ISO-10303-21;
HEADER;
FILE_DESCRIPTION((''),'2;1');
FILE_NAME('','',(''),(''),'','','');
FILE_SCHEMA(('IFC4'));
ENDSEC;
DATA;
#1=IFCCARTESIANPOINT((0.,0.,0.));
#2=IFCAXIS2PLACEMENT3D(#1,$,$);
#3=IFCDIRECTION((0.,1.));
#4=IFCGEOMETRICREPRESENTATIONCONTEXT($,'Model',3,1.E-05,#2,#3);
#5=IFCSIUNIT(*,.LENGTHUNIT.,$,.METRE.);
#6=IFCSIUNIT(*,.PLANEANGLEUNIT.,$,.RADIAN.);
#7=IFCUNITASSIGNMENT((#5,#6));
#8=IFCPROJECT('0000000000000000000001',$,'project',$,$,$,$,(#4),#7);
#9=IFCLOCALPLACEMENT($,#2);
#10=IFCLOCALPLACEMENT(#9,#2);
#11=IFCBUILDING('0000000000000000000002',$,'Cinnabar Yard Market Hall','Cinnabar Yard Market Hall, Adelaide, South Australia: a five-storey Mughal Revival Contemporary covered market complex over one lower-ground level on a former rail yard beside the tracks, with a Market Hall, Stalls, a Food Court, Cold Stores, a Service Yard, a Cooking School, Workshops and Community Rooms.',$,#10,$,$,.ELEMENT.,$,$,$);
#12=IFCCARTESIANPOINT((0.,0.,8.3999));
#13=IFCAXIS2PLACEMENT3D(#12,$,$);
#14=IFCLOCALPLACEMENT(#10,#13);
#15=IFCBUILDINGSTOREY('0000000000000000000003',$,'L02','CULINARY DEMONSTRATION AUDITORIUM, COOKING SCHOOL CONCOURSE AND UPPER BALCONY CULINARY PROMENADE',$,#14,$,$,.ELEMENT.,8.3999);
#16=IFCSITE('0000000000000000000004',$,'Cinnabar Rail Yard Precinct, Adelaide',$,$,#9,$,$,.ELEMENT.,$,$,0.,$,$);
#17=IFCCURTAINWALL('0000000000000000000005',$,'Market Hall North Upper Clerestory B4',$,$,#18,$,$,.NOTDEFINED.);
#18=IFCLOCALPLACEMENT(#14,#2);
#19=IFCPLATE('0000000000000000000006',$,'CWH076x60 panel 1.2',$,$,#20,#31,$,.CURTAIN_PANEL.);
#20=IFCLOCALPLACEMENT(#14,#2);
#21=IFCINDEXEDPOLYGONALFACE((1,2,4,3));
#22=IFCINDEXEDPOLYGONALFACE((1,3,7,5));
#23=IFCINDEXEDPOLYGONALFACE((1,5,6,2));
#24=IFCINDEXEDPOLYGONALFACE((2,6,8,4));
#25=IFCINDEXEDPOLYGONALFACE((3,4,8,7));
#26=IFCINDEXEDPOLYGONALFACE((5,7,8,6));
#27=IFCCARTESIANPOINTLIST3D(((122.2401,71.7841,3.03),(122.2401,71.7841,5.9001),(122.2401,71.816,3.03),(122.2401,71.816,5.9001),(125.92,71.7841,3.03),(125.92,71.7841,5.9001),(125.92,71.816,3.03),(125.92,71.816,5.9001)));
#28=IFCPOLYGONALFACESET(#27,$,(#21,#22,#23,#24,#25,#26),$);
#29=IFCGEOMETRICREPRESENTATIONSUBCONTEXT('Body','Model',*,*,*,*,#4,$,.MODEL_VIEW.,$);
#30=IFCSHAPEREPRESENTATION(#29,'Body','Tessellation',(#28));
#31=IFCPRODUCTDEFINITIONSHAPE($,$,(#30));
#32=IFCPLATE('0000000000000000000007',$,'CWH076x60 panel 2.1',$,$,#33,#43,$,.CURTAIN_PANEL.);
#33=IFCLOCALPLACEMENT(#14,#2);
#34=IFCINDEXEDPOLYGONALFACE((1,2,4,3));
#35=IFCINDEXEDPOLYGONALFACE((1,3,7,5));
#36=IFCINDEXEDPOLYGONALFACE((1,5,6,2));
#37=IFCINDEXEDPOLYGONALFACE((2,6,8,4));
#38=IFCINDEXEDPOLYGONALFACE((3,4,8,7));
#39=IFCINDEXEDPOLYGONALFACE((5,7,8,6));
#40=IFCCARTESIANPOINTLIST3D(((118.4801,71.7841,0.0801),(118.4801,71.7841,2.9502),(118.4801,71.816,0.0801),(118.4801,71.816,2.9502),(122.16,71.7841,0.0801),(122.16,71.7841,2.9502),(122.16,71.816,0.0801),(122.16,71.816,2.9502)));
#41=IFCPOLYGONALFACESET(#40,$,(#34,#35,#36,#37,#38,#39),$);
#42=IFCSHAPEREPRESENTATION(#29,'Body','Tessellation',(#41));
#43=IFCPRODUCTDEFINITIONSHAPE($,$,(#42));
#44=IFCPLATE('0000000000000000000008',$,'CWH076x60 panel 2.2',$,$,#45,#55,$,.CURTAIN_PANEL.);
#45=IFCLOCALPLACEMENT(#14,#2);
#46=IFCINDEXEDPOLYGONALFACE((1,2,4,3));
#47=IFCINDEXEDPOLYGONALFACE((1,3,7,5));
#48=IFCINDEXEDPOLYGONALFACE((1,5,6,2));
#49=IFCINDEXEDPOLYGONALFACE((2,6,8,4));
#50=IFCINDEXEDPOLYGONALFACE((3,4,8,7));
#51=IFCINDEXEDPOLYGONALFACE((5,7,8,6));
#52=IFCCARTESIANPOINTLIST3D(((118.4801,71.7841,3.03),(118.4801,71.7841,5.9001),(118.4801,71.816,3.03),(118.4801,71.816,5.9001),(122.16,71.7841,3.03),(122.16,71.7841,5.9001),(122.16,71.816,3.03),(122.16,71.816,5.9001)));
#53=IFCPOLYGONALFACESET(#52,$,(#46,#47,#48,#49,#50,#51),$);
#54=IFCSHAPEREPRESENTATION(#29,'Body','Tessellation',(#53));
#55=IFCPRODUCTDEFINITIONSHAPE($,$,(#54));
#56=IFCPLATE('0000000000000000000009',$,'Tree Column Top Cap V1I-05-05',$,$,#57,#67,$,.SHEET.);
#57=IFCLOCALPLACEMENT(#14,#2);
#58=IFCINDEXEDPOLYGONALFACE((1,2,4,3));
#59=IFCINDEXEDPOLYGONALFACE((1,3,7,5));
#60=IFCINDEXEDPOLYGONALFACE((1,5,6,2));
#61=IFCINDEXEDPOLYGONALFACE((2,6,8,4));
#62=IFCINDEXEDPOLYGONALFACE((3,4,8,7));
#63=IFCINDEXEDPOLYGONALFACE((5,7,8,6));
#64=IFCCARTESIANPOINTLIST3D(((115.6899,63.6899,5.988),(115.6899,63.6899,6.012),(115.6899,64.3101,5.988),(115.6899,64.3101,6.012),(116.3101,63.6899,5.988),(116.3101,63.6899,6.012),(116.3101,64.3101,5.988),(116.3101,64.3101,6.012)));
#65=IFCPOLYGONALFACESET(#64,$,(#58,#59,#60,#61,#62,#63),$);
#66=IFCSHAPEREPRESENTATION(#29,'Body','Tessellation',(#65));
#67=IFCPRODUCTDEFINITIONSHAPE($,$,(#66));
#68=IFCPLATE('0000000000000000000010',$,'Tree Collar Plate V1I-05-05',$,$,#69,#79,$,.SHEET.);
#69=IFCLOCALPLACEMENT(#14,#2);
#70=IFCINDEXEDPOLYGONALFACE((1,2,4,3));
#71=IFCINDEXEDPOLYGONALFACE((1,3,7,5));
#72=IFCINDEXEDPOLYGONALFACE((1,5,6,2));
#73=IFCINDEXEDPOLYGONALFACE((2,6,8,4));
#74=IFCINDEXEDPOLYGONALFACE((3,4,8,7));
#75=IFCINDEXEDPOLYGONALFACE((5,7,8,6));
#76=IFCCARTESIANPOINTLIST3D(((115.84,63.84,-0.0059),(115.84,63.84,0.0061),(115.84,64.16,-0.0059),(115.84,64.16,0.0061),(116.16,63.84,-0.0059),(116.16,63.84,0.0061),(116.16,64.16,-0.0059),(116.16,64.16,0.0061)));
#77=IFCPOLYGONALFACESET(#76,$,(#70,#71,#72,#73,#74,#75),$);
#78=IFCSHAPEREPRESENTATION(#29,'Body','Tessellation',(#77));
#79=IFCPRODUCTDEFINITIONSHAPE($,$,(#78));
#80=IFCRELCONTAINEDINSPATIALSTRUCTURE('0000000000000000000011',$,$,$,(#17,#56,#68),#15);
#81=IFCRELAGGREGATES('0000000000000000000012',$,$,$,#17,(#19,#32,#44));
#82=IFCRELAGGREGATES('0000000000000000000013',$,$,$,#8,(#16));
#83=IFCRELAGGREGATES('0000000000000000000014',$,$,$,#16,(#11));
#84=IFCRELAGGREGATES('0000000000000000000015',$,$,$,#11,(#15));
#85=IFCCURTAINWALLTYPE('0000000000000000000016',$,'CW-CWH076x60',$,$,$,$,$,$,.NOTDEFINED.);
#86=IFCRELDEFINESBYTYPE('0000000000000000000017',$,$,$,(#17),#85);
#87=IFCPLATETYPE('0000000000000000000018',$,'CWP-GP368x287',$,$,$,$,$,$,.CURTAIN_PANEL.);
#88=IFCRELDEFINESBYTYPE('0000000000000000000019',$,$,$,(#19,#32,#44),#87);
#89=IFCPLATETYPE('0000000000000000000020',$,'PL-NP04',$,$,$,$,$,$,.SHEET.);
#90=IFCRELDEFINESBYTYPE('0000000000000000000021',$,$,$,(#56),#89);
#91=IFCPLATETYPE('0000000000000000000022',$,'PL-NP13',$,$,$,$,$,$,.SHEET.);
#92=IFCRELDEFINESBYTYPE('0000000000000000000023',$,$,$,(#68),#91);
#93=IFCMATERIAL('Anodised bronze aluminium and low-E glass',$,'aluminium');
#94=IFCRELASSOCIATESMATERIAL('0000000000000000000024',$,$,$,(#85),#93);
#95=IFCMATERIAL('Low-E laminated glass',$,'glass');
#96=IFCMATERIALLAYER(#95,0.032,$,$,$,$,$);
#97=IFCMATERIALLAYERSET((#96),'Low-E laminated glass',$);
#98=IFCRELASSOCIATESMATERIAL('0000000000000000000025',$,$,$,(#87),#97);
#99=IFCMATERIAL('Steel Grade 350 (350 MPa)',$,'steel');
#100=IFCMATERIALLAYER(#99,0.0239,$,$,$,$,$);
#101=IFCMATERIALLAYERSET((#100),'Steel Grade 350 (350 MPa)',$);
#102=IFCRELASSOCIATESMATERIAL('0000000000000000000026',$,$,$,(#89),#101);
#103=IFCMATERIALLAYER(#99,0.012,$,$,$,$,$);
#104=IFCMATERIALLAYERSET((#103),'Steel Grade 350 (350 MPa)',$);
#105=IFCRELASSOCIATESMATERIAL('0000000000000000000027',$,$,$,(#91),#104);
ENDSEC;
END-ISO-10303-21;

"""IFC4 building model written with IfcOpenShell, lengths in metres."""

from ifc_helpers import new_model, si_unit, direction, frame, origin, origin_2d_with_axis, place, context, subcontext, project, spatial, rectangle, extrude, material, layer, layer_set, type_object, element, aggregate, save


model = new_model("IFC4")

# Units and contexts
model_context = context("Model", 3, precision=1e-05, world=origin(), true_north=direction((0.0, 1.0)))
body_context = subcontext(model_context, "Body", "Model", "MODEL_VIEW")
ifc_project = project(units=[si_unit("LENGTHUNIT", "METRE"), si_unit("PLANEANGLEUNIT", "RADIAN")], contexts=[model_context])

# Site, building, storey
site_placement = place(None, origin())
site = spatial("IfcSite", under=ifc_project, at=site_placement, Name="Cinnabar Rail Yard Precinct, Adelaide", CompositionType="ELEMENT", RefElevation=0.0)
building_placement = place(site_placement, origin())
building = spatial("IfcBuilding", under=site, at=building_placement, Name="Cinnabar Yard Market Hall", Description="Cinnabar Yard Market Hall, Adelaide, South Australia: a five-storey Mughal Revival Contemporary covered market complex over one lower-ground level on a former rail yard beside the tracks, with a Market Hall, Stalls, a Food Court, Cold Stores, a Service Yard, a Cooking School, Workshops and Community Rooms.", CompositionType="ELEMENT")
storey_placement = place(building_placement, frame((0.0, 0.0, 8.3999)))
storey = spatial("IfcBuildingStorey", under=building, at=storey_placement, Name="L02", Description="CULINARY DEMONSTRATION AUDITORIUM, COOKING SCHOOL CONCOURSE AND UPPER BALCONY CULINARY PROMENADE", CompositionType="ELEMENT", Elevation=8.3999)

# Curtain wall
ifc_material_1 = material(Name="Anodised bronze aluminium and low-E glass", Category="aluminium")
curtain_wall_type_1 = type_object("IfcCurtainWallType", Name="CW-CWH076x60", PredefinedType="NOTDEFINED", material=ifc_material_1)
curtain_wall_1_placement = place(storey_placement, origin())
curtain_wall_1 = element("IfcCurtainWall", 1, at=curtain_wall_1_placement, inside=storey, type_object=curtain_wall_type_1, Name="Market Hall North Upper Clerestory B4", PredefinedType="NOTDEFINED")

# Plates
ifc_material_2 = material(Name="Low-E laminated glass", Category="glass")
ifc_layer_1 = layer(ifc_material_2, 0.032)
ifc_layer_set_1 = layer_set([ifc_layer_1], Name="Low-E laminated glass")
plate_type_1 = type_object("IfcPlateType", Name="CWP-GP368x287", PredefinedType="CURTAIN_PANEL", material=ifc_layer_set_1)
plate_1_placement = place(storey_placement, frame((124.0801, 71.8, 3.03), z_axis=(0.0, 0.0, 1.0), x_axis=(-1.0, 0.0, 0.0)))
plate_1 = element("IfcPlate", 2, at=plate_1_placement, type_object=plate_type_1, Name="CWH076x60 panel 1.2", PredefinedType="CURTAIN_PANEL", context=body_context, shape_type="SweptSolid", body=[
    extrude(rectangle(XDim=3.6799, YDim=0.032, at=origin_2d_with_axis()), origin(), (0.0, 0.0, 1.0), 2.8701),
])
plate_2_placement = place(storey_placement, frame((120.3201, 71.8, 0.0801), z_axis=(0.0, 0.0, 1.0), x_axis=(-1.0, 0.0, 0.0)))
plate_2 = element("IfcPlate", 3, at=plate_2_placement, type_object=plate_type_1, Name="CWH076x60 panel 2.1", PredefinedType="CURTAIN_PANEL", context=body_context, shape_type="SweptSolid", body=[
    extrude(rectangle(XDim=3.6799, YDim=0.032, at=origin_2d_with_axis()), origin(), (0.0, 0.0, 1.0), 2.8701),
])
plate_3_placement = place(storey_placement, frame((120.3201, 71.8, 3.03), z_axis=(0.0, 0.0, 1.0), x_axis=(-1.0, 0.0, 0.0)))
plate_3 = element("IfcPlate", 4, at=plate_3_placement, type_object=plate_type_1, Name="CWH076x60 panel 2.2", PredefinedType="CURTAIN_PANEL", context=body_context, shape_type="SweptSolid", body=[
    extrude(rectangle(XDim=3.6799, YDim=0.032, at=origin_2d_with_axis()), origin(), (0.0, 0.0, 1.0), 2.8701),
])
aggregate(curtain_wall_1, [plate_1, plate_2, plate_3])

# Plates
ifc_material_3 = material(Name="Steel Grade 350 (350 MPa)", Category="steel")
ifc_layer_2 = layer(ifc_material_3, 0.0239)
ifc_layer_set_2 = layer_set([ifc_layer_2], Name="Steel Grade 350 (350 MPa)")
plate_type_2 = type_object("IfcPlateType", Name="PL-NP04", PredefinedType="SHEET", material=ifc_layer_set_2)
plate_4_placement = place(storey_placement, frame((116.0, 64.0, 5.988), z_axis=(0.0, 0.0, 1.0), x_axis=(1.0, 0.0, 0.0)))
element("IfcPlate", 5, at=plate_4_placement, inside=storey, type_object=plate_type_2, Name="Tree Column Top Cap V1I-05-05", PredefinedType="SHEET", context=body_context, shape_type="SweptSolid", body=[
    extrude(rectangle(XDim=0.6201, YDim=0.6201, at=origin_2d_with_axis()), origin(), (0.0, 0.0, 1.0), 0.0239),
])
ifc_layer_3 = layer(ifc_material_3, 0.012)
ifc_layer_set_3 = layer_set([ifc_layer_3], Name="Steel Grade 350 (350 MPa)")
plate_type_3 = type_object("IfcPlateType", Name="PL-NP13", PredefinedType="SHEET", material=ifc_layer_set_3)
plate_5_placement = place(storey_placement, frame((116.0, 64.0, -0.0059), z_axis=(0.0, 0.0, 1.0), x_axis=(1.0, 0.0, 0.0)))
element("IfcPlate", 6, at=plate_5_placement, inside=storey, type_object=plate_type_3, Name="Tree Collar Plate V1I-05-05", PredefinedType="SHEET", context=body_context, shape_type="SweptSolid", body=[
    extrude(rectangle(XDim=0.3201, YDim=0.3201, at=origin_2d_with_axis()), origin(), (0.0, 0.0, 1.0), 0.012),
])

save(model, "model.ifc")
